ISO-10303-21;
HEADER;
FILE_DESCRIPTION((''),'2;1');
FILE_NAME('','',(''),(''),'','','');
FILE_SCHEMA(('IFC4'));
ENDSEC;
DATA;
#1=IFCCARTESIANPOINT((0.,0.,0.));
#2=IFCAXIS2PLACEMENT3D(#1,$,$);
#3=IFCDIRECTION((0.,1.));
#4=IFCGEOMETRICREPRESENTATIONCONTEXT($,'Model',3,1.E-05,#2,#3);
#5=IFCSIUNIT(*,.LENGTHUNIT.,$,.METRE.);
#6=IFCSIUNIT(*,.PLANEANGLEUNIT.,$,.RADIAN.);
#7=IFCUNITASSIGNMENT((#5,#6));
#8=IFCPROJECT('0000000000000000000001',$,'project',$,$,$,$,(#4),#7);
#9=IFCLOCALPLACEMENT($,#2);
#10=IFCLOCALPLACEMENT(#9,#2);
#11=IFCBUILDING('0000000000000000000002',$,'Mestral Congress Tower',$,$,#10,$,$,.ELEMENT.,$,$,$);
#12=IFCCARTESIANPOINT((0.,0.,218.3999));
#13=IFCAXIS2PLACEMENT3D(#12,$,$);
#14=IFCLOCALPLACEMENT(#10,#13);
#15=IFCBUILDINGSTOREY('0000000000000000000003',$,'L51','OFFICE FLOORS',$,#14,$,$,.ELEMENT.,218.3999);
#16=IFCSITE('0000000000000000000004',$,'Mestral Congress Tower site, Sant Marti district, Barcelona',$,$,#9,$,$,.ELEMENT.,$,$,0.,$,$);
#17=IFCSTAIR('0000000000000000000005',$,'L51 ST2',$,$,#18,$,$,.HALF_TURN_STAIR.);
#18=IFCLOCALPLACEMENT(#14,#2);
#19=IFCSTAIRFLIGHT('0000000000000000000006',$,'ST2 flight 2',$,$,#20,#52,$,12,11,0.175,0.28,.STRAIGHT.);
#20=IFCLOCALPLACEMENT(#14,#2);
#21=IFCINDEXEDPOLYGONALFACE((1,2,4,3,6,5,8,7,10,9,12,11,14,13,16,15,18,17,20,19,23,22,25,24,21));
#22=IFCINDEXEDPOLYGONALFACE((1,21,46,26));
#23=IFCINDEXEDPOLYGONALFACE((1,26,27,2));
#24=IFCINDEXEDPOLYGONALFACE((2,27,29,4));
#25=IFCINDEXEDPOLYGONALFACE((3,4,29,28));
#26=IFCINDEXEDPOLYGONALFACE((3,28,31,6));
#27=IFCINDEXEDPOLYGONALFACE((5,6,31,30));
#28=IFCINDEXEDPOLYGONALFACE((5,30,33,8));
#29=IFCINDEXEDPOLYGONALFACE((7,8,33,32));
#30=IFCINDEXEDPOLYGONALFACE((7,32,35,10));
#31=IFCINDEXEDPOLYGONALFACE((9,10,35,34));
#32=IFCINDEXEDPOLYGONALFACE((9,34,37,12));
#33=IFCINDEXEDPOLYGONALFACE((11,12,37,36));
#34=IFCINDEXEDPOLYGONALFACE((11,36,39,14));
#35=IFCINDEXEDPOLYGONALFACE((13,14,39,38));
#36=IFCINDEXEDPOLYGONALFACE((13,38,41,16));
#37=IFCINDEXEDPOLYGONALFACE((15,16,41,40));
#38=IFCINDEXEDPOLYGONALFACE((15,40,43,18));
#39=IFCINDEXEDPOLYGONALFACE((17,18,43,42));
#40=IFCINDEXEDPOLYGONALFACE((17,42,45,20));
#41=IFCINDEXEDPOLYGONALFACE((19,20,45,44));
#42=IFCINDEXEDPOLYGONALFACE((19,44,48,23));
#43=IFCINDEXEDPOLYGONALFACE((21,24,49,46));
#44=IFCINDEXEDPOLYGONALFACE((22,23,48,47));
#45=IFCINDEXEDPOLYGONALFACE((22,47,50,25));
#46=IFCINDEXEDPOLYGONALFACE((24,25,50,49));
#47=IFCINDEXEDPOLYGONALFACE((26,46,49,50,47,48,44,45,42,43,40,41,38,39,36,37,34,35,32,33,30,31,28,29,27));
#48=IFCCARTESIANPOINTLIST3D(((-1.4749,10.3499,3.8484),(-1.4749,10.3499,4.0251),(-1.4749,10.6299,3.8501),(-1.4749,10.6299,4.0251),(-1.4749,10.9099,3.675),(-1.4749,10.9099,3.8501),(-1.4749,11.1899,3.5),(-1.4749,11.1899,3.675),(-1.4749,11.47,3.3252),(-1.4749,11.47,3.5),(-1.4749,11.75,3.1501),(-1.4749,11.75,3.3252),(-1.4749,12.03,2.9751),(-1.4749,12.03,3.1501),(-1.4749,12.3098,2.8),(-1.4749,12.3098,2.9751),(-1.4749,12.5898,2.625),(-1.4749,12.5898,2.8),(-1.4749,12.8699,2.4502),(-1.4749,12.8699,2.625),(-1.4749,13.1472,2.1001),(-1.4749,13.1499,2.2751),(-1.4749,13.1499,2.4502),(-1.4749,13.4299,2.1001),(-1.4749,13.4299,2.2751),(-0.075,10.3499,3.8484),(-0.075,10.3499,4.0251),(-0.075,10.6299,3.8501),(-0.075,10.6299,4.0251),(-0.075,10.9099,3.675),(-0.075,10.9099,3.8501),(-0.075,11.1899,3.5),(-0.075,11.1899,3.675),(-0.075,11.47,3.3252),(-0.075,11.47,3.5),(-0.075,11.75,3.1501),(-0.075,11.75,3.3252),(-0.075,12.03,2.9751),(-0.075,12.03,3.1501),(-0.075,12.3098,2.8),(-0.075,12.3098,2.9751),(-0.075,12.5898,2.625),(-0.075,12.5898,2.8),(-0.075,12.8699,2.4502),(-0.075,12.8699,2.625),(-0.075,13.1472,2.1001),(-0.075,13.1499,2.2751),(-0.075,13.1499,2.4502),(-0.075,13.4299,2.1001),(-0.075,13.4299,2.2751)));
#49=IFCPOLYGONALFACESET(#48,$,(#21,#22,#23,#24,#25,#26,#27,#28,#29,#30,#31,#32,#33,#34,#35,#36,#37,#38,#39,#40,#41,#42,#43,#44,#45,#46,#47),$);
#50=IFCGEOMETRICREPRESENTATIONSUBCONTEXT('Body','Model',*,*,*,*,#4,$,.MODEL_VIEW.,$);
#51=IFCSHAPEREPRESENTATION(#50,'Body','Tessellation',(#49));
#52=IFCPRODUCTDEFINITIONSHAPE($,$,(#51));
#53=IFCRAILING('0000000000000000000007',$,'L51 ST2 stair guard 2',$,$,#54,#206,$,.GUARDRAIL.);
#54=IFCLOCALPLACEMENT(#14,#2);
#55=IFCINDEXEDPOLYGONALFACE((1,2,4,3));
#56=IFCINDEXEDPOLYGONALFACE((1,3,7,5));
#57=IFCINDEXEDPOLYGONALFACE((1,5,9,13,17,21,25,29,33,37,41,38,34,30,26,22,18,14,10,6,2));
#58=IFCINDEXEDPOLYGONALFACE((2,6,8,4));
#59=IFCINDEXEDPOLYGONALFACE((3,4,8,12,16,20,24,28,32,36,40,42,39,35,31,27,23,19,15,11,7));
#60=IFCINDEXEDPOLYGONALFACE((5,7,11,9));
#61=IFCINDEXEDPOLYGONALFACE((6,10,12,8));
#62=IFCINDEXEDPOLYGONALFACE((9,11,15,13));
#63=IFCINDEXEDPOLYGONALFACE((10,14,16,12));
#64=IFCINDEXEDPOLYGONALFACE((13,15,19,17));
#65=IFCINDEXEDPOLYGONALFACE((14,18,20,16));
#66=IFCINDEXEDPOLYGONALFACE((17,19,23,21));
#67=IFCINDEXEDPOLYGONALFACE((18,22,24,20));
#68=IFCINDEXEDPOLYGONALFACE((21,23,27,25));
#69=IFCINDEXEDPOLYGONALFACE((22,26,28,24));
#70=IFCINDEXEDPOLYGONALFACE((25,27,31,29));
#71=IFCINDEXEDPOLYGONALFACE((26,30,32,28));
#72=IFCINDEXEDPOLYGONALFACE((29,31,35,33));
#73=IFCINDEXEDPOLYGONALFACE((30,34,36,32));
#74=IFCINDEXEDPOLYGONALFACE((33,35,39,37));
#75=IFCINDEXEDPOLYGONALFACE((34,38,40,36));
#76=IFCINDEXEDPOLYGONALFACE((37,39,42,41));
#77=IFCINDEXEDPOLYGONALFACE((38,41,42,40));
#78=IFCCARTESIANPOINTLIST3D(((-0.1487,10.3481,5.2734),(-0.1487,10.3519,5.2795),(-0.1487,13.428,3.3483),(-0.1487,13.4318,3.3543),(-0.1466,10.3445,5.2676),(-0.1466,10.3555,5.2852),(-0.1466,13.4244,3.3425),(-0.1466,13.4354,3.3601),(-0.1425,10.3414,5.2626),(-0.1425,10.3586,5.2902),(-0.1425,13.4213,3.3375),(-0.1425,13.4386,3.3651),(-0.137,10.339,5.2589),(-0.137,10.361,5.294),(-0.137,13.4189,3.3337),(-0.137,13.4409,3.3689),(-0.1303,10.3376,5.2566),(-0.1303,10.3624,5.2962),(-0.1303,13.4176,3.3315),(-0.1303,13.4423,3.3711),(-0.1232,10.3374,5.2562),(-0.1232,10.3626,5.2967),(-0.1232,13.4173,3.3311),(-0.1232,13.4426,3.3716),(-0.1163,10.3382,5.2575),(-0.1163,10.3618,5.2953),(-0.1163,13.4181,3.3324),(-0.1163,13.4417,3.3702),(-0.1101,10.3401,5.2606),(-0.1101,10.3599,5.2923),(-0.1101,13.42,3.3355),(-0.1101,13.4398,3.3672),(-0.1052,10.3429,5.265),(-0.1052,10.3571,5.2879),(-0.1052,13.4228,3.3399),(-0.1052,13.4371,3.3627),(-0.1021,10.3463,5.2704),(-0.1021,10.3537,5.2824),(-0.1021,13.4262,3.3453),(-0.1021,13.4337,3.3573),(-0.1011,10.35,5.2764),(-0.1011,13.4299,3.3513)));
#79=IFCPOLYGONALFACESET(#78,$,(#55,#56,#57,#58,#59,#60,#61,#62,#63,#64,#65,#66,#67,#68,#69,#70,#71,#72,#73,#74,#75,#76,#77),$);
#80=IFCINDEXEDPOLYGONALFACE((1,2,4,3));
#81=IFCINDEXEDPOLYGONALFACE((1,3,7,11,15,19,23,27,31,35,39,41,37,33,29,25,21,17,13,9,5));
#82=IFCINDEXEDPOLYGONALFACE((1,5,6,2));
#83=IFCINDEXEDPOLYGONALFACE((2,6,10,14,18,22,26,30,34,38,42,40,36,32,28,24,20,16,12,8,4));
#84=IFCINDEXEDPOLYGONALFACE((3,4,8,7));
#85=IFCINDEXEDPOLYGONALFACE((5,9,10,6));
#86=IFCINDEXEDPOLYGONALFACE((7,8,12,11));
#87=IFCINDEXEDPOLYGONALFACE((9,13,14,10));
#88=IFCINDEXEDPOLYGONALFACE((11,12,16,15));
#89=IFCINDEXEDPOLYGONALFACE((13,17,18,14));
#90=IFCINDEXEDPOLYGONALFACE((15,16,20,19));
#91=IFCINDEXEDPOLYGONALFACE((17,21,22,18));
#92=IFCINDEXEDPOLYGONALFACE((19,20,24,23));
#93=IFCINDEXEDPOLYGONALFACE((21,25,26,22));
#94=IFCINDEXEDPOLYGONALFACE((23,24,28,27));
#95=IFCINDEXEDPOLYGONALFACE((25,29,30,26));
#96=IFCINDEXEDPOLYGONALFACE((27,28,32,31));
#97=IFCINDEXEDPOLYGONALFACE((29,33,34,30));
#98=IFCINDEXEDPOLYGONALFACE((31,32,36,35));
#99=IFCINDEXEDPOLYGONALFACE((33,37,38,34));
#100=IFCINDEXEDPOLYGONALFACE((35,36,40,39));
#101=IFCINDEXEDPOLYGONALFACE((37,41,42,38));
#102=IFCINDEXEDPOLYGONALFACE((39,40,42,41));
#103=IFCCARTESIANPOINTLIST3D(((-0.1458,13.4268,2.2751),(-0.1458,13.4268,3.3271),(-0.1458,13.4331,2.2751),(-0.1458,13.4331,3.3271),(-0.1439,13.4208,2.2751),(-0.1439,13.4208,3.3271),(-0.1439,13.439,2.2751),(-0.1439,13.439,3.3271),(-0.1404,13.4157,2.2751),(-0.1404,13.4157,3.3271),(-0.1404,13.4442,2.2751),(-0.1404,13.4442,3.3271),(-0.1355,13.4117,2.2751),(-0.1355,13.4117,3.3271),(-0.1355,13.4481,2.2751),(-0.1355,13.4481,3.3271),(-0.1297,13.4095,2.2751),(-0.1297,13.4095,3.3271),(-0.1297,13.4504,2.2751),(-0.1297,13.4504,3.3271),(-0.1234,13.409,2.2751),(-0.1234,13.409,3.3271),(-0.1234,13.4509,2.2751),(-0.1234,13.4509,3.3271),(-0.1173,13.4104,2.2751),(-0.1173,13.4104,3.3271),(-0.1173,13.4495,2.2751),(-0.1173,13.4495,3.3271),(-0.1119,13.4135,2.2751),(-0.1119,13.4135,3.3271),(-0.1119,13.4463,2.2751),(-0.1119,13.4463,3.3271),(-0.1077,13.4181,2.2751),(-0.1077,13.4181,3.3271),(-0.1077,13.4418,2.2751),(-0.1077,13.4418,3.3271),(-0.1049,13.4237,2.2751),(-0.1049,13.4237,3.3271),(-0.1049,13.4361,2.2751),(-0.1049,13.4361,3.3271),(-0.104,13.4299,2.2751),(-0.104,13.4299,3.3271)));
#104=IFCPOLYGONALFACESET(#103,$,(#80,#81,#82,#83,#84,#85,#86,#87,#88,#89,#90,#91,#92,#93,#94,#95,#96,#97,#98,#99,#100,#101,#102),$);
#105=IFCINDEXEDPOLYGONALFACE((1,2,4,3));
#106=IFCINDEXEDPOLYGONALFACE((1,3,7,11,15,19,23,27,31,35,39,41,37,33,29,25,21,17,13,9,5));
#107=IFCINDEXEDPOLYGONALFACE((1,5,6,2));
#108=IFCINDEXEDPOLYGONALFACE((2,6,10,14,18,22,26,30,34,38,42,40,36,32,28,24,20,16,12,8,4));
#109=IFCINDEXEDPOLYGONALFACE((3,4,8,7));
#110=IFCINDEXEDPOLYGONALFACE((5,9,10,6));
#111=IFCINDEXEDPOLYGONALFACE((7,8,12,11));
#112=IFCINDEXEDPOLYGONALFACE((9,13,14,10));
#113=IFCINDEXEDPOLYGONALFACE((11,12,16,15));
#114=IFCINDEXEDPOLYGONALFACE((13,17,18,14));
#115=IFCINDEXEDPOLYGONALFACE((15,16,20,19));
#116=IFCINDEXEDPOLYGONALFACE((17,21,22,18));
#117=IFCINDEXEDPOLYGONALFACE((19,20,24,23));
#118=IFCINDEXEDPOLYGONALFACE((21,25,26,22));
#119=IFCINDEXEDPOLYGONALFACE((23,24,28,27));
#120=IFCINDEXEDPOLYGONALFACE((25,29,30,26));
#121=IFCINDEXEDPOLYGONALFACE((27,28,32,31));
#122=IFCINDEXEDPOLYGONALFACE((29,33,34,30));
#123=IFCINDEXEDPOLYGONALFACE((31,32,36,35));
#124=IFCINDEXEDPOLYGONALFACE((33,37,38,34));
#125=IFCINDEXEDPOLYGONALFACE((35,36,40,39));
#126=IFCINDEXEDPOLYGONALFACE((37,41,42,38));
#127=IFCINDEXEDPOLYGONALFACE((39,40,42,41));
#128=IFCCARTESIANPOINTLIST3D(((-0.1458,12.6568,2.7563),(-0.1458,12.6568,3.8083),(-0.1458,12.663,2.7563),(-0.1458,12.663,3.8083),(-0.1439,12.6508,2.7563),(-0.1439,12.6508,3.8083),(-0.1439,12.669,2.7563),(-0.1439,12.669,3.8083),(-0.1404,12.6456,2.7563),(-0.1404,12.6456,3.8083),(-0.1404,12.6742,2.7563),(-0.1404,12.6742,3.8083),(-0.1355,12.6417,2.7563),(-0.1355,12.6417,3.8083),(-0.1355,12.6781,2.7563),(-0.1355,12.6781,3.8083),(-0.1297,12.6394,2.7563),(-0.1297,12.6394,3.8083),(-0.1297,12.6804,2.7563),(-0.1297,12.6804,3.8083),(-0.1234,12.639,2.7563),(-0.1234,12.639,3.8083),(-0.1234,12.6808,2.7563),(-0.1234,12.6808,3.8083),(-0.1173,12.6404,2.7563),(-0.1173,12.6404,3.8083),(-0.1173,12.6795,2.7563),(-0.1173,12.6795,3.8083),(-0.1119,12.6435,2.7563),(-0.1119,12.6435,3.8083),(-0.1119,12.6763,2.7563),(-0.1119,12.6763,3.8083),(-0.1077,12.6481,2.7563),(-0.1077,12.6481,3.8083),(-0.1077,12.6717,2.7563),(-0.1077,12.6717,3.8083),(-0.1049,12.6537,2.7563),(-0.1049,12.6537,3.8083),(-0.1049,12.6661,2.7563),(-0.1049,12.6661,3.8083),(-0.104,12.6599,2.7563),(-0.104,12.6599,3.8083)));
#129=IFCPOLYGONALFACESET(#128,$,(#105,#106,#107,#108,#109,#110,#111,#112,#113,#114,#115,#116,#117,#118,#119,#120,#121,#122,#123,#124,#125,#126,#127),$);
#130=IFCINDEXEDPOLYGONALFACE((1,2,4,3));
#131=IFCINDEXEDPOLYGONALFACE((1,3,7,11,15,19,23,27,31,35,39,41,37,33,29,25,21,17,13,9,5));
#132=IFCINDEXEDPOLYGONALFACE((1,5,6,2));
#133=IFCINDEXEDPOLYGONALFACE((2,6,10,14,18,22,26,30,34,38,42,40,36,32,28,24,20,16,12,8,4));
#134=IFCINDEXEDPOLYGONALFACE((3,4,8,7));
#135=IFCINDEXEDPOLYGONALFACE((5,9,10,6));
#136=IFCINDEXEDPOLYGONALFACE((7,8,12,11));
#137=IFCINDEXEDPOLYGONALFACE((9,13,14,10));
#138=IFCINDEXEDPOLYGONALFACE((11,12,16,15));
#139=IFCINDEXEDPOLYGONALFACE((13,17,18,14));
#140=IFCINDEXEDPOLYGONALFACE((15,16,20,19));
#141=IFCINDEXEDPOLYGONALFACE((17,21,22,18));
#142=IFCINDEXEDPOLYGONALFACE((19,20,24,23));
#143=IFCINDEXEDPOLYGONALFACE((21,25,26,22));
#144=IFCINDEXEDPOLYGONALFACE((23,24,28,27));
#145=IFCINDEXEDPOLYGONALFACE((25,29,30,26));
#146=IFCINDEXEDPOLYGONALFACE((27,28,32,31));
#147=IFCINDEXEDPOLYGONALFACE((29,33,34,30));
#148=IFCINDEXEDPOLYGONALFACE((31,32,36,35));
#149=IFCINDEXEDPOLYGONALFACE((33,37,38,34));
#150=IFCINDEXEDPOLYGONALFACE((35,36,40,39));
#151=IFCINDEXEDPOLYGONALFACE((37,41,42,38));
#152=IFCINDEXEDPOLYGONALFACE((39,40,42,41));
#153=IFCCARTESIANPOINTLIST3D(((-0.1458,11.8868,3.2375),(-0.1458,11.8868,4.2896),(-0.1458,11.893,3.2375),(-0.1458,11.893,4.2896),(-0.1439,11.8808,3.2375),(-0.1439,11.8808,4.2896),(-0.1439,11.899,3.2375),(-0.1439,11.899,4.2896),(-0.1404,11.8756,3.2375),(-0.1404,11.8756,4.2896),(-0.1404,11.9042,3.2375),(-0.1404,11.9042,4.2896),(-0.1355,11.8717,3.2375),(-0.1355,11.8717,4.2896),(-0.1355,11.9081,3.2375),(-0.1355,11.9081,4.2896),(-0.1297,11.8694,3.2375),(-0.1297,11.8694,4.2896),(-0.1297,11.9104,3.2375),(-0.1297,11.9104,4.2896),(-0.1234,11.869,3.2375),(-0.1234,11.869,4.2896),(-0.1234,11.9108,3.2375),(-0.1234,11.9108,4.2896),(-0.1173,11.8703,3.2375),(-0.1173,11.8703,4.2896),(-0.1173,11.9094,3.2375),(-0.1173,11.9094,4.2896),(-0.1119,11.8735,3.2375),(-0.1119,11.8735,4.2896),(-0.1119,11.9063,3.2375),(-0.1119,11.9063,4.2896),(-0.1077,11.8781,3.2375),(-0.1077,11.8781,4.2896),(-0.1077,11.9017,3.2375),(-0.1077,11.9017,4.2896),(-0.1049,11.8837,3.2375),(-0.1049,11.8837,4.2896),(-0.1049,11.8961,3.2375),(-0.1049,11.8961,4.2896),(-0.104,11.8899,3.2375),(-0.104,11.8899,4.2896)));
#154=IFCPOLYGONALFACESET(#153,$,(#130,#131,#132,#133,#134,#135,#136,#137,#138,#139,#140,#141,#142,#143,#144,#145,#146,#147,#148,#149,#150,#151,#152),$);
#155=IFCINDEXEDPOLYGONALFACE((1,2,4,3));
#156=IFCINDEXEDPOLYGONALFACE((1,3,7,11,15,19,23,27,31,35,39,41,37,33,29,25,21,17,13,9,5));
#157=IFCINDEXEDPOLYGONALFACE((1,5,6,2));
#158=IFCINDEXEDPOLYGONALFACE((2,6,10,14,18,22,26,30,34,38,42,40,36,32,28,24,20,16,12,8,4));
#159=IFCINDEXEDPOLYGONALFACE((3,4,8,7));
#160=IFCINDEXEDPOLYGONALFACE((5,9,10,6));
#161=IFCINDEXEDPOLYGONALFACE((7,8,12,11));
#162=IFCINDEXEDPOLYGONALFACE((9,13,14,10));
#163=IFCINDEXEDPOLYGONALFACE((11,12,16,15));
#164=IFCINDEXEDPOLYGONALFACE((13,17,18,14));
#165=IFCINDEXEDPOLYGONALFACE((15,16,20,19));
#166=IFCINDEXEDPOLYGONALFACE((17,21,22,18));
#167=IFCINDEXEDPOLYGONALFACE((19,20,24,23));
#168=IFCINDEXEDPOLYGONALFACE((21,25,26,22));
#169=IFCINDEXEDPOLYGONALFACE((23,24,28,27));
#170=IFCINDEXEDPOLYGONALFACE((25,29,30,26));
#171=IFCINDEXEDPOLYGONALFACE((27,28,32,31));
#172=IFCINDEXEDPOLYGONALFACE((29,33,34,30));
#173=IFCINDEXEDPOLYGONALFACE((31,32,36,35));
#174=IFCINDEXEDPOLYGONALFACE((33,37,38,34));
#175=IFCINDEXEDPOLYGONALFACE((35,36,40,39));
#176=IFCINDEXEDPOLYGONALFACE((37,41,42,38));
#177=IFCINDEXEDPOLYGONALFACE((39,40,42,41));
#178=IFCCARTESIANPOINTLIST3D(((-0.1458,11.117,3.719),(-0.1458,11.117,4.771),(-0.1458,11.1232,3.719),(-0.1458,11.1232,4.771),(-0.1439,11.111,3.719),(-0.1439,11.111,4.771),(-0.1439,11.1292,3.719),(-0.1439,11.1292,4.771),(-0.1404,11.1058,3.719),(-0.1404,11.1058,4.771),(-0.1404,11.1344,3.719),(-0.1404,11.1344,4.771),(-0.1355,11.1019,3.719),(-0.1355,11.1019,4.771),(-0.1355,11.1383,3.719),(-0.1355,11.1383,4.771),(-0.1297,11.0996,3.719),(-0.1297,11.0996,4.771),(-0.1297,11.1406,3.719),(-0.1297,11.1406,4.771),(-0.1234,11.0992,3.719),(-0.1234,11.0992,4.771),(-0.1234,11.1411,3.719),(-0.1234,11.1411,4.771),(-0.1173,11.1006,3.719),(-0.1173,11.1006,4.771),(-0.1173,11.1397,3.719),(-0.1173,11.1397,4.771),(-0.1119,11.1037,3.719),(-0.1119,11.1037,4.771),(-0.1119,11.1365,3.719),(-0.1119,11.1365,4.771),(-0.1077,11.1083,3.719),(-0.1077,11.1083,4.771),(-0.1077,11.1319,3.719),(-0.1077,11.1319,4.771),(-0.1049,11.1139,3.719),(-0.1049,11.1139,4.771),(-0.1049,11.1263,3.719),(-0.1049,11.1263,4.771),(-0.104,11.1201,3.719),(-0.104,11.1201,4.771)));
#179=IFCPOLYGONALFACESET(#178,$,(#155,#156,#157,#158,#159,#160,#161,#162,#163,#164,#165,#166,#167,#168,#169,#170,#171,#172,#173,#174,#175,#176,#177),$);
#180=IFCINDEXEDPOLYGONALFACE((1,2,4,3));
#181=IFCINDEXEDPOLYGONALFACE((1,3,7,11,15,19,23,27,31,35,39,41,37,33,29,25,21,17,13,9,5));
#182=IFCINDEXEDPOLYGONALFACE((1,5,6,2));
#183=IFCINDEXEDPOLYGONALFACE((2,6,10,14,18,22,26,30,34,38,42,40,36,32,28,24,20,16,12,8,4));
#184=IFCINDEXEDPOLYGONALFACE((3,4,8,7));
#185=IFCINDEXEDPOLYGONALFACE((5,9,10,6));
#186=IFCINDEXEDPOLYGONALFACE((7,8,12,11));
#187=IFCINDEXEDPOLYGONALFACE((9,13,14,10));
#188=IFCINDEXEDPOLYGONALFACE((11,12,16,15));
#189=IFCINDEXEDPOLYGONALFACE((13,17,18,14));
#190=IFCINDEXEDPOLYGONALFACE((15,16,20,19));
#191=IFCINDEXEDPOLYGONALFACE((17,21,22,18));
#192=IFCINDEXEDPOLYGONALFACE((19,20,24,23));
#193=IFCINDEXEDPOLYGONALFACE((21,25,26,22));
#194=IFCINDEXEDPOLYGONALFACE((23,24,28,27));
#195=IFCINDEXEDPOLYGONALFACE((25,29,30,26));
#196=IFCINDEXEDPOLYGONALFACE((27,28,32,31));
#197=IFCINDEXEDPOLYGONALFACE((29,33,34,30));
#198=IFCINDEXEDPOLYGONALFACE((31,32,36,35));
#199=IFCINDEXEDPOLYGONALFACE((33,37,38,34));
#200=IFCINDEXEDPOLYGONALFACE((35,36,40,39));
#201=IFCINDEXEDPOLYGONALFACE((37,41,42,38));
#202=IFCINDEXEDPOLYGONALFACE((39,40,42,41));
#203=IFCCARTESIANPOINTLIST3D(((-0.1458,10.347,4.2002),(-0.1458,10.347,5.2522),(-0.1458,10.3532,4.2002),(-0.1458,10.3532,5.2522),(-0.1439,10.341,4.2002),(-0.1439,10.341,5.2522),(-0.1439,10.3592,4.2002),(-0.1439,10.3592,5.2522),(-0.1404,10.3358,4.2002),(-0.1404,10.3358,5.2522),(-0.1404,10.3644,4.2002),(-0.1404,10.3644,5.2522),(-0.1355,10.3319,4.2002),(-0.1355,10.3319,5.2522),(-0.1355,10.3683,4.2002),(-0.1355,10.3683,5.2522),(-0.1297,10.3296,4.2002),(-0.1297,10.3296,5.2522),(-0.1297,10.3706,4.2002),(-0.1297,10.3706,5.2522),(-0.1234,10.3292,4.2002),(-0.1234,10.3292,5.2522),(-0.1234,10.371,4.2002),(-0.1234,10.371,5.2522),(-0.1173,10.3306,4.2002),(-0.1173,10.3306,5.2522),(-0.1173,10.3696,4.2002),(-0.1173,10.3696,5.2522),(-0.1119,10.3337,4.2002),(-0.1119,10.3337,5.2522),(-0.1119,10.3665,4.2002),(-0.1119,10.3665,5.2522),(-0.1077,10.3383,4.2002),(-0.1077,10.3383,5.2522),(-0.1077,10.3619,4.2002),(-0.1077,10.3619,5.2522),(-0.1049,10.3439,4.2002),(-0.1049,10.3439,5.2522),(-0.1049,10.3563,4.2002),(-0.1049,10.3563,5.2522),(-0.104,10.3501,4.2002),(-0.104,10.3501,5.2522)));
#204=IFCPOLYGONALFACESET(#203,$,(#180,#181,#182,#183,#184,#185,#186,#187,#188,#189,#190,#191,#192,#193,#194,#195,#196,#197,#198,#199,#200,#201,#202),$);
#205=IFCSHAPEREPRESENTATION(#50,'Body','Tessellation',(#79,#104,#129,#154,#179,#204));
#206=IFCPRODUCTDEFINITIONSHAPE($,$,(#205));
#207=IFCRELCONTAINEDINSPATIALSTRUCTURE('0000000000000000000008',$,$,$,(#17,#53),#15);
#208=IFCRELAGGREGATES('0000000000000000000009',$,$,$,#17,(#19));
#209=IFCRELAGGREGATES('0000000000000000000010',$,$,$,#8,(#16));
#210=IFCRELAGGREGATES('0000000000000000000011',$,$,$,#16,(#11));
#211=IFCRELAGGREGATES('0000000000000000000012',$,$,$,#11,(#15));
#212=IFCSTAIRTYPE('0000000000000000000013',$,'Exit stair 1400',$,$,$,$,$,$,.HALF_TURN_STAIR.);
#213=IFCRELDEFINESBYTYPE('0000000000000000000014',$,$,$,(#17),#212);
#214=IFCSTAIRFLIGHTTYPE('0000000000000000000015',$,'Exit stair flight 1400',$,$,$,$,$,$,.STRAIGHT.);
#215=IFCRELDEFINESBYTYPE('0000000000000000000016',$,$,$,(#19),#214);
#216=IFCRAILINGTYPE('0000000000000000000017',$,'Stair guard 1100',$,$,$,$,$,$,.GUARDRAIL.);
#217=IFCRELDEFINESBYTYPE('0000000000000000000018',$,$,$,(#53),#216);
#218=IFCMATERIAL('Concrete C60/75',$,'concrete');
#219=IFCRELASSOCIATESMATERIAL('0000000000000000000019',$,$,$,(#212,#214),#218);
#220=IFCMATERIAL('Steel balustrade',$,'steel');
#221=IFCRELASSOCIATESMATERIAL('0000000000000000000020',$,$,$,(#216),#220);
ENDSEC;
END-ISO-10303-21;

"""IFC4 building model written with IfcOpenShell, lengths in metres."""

from ifc_helpers import new_model, si_unit, direction, frame, origin, origin_2d, place, context, subcontext, project, spatial, polyline, circle, outline, extrude, material, type_object, element, aggregate, save


model = new_model("IFC4")

# Units and contexts
model_context = context("Model", 3, precision=1e-05, world=origin(), true_north=direction((0.0, 1.0)))
body_context = subcontext(model_context, "Body", "Model", "MODEL_VIEW")
ifc_project = project(units=[si_unit("LENGTHUNIT", "METRE"), si_unit("PLANEANGLEUNIT", "RADIAN")], contexts=[model_context])

# Site, building, storey
site_placement = place(None, origin())
site = spatial("IfcSite", under=ifc_project, at=site_placement, Name="Mestral Congress Tower site, Sant Marti district, Barcelona", CompositionType="ELEMENT", RefElevation=0.0)
building_placement = place(site_placement, origin())
building = spatial("IfcBuilding", under=site, at=building_placement, Name="Mestral Congress Tower", CompositionType="ELEMENT")
storey_placement = place(building_placement, frame((0.0, 0.0, 218.3999)))
storey = spatial("IfcBuildingStorey", under=building, at=storey_placement, Name="L51", Description="OFFICE FLOORS", CompositionType="ELEMENT", Elevation=218.3999)

# Shared definitions
ifc_material_1 = material(Name="Concrete C60/75", Category="concrete")

# Stair, stair flight
stair_type = type_object("IfcStairType", Name="Exit stair 1400", PredefinedType="HALF_TURN_STAIR", material=ifc_material_1)
stair_placement = place(storey_placement, origin())
stair = element("IfcStair", 1, at=stair_placement, inside=storey, type_object=stair_type, Name="L51 ST2", PredefinedType="HALF_TURN_STAIR")
stair_flight_type = type_object("IfcStairFlightType", Name="Exit stair flight 1400", PredefinedType="STRAIGHT", material=ifc_material_1)
stair_flight_placement = place(storey_placement, frame((-0.7749, 13.4299, 2.1001), z_axis=(0.0, 0.0, 1.0), x_axis=(0.0, -1.0, 0.0)))
stair_flight = element("IfcStairFlight", 2, at=stair_flight_placement, type_object=stair_flight_type, Name="ST2 flight 2", NumberOfRisers=12, NumberOfTreads=11, PredefinedType="STRAIGHT", RiserHeight=0.175, TreadLength=0.28, context=body_context, shape_type="SweptSolid", body=[
    extrude(outline(polyline([(0.0, 0.0), (0.0, 0.175), (0.28, 0.175), (0.28, 0.3501), (0.5601, 0.3501), (0.5601, 0.5249), (0.8401, 0.5249), (0.8401, 0.7), (1.1201, 0.7), (1.1201, 0.875), (1.3999, 0.875), (1.3999, 1.05), (1.6799, 1.05), (1.6799, 1.2251), (1.96, 1.2251), (1.96, 1.3999), (2.24, 1.3999), (2.24, 1.575), (2.52, 1.575), (2.52, 1.75), (2.8, 1.75), (2.8, 1.925), (3.0801, 1.925), (3.0801, 2.1001), (3.0801, 1.7483), (0.2827, 0.0), (0.0, 0.0)])), frame((0.0, 0.7, 0.0), z_axis=(0.0, -1.0, 0.0), x_axis=(1.0, 0.0, 0.0)), (0.0, 0.0, 1.0), 1.3999),
])
aggregate(stair, [stair_flight])

# Railing
ifc_material_2 = material(Name="Steel balustrade", Category="steel")
railing_type = type_object("IfcRailingType", Name="Stair guard 1100", PredefinedType="GUARDRAIL", material=ifc_material_2)
railing_placement = place(storey_placement, frame((-0.125, 13.4299, 2.2751)))
element("IfcRailing", 3, at=railing_placement, inside=storey, type_object=railing_type, Name="L51 ST2 stair guard 2", PredefinedType="GUARDRAIL", context=body_context, shape_type="SweptSolid", body=[
    extrude(circle(Radius=0.0239, at=origin_2d()), frame((0.0, 0.0, 1.0762), z_axis=(0.0, -0.847979, 0.530029), x_axis=(1.0, 0.0, 0.0)), (0.0, 0.0, 1.0), 3.6321),
    extrude(circle(Radius=0.021, at=origin_2d()), origin(), (0.0, 0.0, 1.0), 1.052),
    extrude(circle(Radius=0.021, at=origin_2d()), frame((0.0, -0.77, 0.4812)), (0.0, 0.0, 1.0), 1.052),
    extrude(circle(Radius=0.021, at=origin_2d()), frame((0.0, -1.54, 0.9624)), (0.0, 0.0, 1.0), 1.052),
    extrude(circle(Radius=0.021, at=origin_2d()), frame((0.0, -2.3098, 1.4438)), (0.0, 0.0, 1.0), 1.052),
    extrude(circle(Radius=0.021, at=origin_2d()), frame((0.0, -3.0798, 1.925)), (0.0, 0.0, 1.0), 1.052),
])

save(model, "model.ifc")
